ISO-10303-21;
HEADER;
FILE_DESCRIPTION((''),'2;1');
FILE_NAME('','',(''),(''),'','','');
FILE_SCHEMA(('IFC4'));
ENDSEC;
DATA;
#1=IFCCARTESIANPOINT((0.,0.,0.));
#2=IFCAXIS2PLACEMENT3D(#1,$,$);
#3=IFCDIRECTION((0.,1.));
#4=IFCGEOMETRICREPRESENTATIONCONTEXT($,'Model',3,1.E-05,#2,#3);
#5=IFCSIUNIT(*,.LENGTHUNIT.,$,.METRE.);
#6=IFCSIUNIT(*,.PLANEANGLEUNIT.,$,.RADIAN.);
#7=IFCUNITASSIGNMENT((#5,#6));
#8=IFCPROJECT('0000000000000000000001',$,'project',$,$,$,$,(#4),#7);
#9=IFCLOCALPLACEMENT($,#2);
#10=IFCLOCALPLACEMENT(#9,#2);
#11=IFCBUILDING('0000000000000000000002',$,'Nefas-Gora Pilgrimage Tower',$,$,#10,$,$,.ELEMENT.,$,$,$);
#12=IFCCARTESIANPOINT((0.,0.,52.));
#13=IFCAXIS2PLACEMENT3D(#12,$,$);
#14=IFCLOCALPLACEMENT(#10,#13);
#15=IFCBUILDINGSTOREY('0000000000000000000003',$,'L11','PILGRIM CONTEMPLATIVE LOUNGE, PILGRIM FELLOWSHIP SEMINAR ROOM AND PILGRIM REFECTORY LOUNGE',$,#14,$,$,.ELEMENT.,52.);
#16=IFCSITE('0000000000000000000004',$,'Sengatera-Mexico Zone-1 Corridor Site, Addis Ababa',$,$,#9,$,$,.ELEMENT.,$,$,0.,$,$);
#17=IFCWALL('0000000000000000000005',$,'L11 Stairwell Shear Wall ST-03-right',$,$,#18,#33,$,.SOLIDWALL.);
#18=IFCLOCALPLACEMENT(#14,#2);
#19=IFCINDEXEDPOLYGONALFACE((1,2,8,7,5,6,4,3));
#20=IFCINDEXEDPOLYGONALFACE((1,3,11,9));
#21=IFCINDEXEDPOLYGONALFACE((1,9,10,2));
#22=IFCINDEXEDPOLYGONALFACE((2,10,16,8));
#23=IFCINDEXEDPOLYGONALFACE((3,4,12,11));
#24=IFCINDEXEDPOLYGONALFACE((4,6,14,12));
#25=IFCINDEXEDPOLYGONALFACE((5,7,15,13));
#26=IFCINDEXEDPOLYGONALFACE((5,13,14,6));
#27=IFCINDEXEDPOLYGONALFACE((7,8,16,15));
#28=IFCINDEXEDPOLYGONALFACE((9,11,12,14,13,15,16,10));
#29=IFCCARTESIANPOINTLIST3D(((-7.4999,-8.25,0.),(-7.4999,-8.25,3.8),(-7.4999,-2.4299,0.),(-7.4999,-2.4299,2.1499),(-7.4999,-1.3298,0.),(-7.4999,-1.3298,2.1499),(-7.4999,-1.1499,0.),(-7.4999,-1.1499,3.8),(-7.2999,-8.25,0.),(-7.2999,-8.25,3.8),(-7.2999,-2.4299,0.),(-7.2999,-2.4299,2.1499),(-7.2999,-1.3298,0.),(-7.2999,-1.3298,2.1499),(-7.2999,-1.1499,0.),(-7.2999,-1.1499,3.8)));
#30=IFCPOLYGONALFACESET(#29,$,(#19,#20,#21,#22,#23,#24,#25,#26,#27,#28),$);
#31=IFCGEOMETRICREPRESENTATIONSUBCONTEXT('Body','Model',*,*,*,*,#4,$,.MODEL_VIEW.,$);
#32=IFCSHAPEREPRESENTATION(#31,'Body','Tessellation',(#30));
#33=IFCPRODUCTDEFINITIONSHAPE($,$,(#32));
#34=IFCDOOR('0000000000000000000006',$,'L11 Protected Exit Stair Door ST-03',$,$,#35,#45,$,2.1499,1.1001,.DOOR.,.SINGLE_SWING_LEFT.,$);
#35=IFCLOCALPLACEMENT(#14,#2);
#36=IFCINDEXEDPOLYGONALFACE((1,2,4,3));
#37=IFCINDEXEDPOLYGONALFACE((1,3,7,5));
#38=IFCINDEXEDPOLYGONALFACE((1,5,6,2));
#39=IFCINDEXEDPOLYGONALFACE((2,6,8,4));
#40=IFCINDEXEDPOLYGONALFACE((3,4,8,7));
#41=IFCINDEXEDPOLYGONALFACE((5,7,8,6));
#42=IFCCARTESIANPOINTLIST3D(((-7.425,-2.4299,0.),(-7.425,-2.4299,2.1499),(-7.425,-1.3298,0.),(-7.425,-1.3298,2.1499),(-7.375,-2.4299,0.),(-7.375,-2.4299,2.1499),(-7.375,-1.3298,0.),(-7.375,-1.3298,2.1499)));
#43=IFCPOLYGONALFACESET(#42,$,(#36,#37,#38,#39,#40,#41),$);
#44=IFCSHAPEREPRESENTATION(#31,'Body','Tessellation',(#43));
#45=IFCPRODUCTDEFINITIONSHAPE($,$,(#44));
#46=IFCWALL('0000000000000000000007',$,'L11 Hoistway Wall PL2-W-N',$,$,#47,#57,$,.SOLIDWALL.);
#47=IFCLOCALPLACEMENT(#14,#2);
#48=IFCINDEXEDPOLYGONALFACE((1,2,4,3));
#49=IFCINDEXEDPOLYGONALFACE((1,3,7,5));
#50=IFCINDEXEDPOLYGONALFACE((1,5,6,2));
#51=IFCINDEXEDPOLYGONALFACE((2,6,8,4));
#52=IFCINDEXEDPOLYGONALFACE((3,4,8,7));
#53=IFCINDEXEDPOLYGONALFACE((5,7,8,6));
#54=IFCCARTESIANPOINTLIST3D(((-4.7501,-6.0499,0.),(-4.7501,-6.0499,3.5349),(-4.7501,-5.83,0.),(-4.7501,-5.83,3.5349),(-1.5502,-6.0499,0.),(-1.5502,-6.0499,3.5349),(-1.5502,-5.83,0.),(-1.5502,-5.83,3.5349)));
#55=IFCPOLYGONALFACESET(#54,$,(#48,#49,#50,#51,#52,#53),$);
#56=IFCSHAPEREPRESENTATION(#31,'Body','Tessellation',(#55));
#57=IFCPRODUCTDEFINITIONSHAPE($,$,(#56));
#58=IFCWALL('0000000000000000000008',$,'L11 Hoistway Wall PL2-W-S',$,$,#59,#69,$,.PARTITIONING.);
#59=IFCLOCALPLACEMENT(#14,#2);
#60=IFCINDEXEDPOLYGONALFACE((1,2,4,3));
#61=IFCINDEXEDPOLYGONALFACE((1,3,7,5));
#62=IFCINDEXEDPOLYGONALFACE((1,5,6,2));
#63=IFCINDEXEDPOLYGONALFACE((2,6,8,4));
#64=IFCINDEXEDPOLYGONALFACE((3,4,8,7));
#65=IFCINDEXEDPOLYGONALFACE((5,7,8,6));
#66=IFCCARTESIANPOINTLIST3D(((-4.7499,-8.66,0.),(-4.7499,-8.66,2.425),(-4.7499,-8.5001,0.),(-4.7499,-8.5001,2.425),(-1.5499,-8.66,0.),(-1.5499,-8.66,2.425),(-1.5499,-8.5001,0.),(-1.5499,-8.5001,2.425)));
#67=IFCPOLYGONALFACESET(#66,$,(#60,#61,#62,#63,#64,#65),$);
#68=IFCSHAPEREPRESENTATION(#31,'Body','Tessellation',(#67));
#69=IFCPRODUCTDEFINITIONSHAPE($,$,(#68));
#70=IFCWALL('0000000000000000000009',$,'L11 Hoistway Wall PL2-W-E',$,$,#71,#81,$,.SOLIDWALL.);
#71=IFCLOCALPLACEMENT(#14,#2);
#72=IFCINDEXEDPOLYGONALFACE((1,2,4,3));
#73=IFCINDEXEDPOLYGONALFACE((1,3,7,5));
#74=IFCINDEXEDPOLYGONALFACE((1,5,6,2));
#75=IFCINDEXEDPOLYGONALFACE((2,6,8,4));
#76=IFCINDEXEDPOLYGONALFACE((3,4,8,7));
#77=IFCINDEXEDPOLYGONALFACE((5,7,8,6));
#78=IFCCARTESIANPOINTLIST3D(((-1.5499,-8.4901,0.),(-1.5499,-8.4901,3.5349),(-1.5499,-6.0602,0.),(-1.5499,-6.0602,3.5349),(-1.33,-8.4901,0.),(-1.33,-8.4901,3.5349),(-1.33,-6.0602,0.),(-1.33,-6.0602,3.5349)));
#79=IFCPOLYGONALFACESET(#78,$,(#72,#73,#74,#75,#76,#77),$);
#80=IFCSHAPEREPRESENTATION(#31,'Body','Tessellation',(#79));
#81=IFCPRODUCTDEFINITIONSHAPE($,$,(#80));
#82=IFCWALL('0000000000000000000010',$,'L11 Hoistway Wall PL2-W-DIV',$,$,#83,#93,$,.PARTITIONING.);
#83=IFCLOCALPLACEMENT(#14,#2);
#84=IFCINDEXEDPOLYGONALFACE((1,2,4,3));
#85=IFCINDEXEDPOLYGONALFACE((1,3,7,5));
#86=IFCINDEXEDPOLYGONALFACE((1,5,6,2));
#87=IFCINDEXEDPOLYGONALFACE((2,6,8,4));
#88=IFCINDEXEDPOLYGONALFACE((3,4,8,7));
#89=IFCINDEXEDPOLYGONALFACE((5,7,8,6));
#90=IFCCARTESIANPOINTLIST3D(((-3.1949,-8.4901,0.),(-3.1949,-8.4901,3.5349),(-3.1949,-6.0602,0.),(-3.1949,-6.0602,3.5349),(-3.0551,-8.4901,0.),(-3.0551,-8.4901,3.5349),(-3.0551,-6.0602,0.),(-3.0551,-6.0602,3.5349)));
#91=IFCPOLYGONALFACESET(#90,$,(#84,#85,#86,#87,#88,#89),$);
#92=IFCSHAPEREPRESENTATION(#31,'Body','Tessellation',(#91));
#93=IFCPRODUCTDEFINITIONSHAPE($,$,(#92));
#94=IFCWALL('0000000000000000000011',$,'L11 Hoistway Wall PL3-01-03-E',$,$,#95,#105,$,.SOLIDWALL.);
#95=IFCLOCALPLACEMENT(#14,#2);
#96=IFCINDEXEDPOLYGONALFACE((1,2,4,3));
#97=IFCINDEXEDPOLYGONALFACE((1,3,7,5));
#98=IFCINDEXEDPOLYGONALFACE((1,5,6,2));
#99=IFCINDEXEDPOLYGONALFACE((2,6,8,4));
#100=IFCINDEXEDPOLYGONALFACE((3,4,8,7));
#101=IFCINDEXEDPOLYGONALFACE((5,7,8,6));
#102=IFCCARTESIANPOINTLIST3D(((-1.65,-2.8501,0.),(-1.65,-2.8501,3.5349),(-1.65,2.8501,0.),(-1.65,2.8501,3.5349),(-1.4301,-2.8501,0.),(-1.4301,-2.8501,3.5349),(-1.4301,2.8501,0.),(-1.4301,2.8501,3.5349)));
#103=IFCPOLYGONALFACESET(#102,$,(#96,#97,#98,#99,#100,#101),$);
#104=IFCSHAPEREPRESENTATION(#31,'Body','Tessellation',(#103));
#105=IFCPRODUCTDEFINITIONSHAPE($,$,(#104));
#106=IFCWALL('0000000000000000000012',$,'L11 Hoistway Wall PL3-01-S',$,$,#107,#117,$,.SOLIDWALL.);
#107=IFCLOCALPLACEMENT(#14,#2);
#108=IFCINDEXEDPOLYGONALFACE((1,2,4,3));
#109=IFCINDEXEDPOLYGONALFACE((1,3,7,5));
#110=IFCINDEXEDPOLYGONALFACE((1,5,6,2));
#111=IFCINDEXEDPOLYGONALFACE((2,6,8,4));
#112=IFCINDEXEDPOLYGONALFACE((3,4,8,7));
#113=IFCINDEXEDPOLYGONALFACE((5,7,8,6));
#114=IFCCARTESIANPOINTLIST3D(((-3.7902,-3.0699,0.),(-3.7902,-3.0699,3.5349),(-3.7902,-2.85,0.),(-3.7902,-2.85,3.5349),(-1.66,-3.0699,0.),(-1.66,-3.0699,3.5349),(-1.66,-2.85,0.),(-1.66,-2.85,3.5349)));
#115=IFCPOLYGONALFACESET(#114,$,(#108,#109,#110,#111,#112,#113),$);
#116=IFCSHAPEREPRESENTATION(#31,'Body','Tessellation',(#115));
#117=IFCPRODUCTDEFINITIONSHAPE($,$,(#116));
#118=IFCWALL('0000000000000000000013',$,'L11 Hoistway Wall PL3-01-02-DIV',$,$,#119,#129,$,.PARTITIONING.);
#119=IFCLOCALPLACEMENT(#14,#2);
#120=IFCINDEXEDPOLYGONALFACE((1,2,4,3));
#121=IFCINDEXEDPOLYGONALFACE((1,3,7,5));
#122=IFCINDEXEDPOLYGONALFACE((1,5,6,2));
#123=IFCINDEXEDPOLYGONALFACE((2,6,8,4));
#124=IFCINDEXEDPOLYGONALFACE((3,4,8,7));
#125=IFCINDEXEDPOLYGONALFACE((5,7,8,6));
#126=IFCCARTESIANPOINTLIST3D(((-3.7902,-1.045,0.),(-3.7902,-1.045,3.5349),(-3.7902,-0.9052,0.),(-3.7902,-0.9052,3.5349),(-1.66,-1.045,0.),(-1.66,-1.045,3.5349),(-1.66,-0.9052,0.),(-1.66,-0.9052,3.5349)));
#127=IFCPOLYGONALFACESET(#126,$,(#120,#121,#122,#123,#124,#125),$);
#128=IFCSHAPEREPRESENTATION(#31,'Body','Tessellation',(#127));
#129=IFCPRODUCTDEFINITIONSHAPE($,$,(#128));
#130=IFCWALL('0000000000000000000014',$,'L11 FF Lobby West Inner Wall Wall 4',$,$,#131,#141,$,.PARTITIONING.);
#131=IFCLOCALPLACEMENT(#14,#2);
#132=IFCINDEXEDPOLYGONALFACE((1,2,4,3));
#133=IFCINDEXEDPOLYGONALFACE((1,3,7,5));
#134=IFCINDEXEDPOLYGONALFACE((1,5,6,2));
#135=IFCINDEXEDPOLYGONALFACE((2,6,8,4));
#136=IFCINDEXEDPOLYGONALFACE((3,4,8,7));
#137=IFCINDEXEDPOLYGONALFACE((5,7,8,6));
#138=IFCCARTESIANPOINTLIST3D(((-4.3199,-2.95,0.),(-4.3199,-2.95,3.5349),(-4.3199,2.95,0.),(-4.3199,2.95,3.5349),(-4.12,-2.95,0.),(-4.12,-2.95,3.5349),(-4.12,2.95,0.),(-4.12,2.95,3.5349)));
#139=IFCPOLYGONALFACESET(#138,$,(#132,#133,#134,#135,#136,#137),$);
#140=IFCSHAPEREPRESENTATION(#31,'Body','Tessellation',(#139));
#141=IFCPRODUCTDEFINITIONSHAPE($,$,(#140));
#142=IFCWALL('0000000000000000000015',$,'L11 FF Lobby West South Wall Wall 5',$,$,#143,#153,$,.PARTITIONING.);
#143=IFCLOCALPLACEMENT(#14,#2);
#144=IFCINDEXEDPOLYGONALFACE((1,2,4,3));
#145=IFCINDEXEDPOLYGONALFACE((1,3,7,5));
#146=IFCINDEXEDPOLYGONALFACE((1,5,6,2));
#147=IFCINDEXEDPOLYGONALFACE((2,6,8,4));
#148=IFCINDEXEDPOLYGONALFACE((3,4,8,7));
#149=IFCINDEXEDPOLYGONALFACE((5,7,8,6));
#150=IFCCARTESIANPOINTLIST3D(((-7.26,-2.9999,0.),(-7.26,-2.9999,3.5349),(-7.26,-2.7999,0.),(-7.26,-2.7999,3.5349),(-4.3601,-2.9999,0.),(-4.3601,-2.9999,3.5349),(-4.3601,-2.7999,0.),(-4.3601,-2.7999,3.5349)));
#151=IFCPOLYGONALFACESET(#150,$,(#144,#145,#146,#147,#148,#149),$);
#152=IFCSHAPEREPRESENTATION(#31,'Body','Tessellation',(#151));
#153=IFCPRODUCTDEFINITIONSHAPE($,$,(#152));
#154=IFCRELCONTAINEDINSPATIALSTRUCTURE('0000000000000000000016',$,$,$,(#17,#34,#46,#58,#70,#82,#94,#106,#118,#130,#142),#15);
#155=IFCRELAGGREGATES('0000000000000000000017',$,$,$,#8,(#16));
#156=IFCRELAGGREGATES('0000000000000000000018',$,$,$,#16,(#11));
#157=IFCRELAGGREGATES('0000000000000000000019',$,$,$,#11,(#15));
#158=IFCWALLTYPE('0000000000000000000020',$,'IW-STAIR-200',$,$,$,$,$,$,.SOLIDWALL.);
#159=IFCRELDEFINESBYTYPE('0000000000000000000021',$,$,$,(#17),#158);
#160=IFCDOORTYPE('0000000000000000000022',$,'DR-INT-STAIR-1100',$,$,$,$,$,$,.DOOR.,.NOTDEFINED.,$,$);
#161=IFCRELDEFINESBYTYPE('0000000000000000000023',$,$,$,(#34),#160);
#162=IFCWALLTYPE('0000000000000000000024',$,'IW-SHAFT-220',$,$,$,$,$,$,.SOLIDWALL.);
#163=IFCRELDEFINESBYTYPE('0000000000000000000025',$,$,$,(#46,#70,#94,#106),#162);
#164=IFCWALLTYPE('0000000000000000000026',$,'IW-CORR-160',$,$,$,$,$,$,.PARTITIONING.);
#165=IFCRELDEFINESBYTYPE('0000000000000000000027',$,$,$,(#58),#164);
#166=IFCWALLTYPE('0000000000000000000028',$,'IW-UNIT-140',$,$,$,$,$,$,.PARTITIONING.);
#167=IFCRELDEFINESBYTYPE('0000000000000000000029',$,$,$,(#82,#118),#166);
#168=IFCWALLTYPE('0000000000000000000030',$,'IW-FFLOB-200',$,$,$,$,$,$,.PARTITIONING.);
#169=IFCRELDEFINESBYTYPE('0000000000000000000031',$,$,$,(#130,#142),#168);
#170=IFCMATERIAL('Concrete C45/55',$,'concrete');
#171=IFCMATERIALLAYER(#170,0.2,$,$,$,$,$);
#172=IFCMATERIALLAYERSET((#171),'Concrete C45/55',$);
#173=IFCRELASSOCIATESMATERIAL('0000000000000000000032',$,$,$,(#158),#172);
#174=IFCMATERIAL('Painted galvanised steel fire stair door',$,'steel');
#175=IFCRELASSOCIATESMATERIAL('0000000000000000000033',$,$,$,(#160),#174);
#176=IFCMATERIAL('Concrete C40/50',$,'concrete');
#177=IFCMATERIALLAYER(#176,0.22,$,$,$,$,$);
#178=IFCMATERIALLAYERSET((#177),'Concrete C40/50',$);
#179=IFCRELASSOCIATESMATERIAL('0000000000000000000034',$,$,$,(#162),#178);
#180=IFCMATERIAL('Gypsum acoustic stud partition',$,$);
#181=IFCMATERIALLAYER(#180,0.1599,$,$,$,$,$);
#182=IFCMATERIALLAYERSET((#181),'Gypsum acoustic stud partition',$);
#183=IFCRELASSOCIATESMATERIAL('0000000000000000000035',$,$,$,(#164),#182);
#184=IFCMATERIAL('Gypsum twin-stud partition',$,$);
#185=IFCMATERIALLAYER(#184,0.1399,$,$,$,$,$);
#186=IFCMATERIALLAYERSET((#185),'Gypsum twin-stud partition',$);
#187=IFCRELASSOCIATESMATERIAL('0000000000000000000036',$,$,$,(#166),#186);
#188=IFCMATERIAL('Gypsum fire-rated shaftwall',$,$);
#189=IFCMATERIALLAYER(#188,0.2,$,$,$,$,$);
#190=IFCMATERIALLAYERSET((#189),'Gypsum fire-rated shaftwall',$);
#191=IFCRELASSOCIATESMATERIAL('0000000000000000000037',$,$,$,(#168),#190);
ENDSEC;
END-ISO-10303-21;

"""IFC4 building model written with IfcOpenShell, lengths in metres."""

from ifc_helpers import new_model, si_unit, direction, frame, frame_2d, origin, place, context, subcontext, project, spatial, rectangle, extrude, source, transform, mapped, material, layer, layer_set, type_object, element, fill, save


model = new_model("IFC4")

# Units and contexts
model_context = context("Model", 3, precision=1e-05, world=origin(), true_north=direction((0.0, 1.0)))
body_context = subcontext(model_context, "Body", "Model", "MODEL_VIEW")
ifc_project = project(units=[si_unit("LENGTHUNIT", "METRE"), si_unit("PLANEANGLEUNIT", "RADIAN")], contexts=[model_context])

# Site, building, storey
site_placement = place(None, origin())
site = spatial("IfcSite", under=ifc_project, at=site_placement, Name="Sengatera-Mexico Zone-1 Corridor Site, Addis Ababa", CompositionType="ELEMENT", RefElevation=0.0)
building_placement = place(site_placement, origin())
building = spatial("IfcBuilding", under=site, at=building_placement, Name="Nefas-Gora Pilgrimage Tower", CompositionType="ELEMENT")
storey_placement = place(building_placement, frame((0.0, 0.0, 52.0)))
storey = spatial("IfcBuildingStorey", under=building, at=storey_placement, Name="L11", Description="PILGRIM CONTEMPLATIVE LOUNGE, PILGRIM FELLOWSHIP SEMINAR ROOM AND PILGRIM REFECTORY LOUNGE", CompositionType="ELEMENT", Elevation=52.0)

# Shared definitions
ifc_material_1 = material(Name="Concrete C45/55", Category="concrete")
ifc_layer_1 = layer(ifc_material_1, 0.2)
ifc_layer_set_1 = layer_set([ifc_layer_1], Name="Concrete C45/55")
wall_type_1 = type_object("IfcWallType", Name="IW-STAIR-200", PredefinedType="SOLIDWALL", material=ifc_layer_set_1)
shared_shape_1 = source(origin(), body_context, "Body", "SweptSolid", [
    extrude(rectangle(XDim=7.1001, YDim=0.2, at=frame_2d((3.55, 0.0))), origin(), (0.0, 0.0, 1.0), 3.8),
])

# Wall, opening, door
wall_1_placement = place(storey_placement, frame((-7.3999, -1.1499, 0.0), z_axis=(0.0, 0.0, 1.0), x_axis=(0.0, -1.0, 0.0)))
wall_1 = element("IfcWall", 1, at=wall_1_placement, inside=storey, type_object=wall_type_1, Name="L11 Stairwell Shear Wall ST-03-right", PredefinedType="SOLIDWALL", context=body_context, shape_type="MappedRepresentation", body=[
    mapped(shared_shape_1, transform((0.0, 0.0, 0.0), x_axis=(1.0, 0.0, 0.0), y_axis=(0.0, 1.0, 0.0), z_axis=(0.0, 0.0, 1.0), scale=1.0)),
])
opening_1_placement = place(wall_1_placement, frame((0.1799, 0.0, 0.0)))
opening_1 = element("IfcOpeningElement", 2, at=opening_1_placement, cuts=wall_1, PredefinedType="OPENING", context=body_context, shape_type="SweptSolid", body=[
    extrude(rectangle(XDim=1.1001, YDim=2.1499, at=frame_2d((0.55, 1.075))), frame((0.0, 0.1099, 0.0), z_axis=(0.0, -1.0, 0.0), x_axis=(1.0, 0.0, 0.0)), (0.0, 0.0, 1.0), 0.22),
])
ifc_material_2 = material(Name="Painted galvanised steel fire stair door", Category="steel")
door_type_1 = type_object("IfcDoorType", Name="DR-INT-STAIR-1100", OperationType="NOTDEFINED", PredefinedType="DOOR", material=ifc_material_2)
shared_shape_2 = source(origin(), body_context, "Body", "SweptSolid", [
    extrude(rectangle(XDim=1.1001, YDim=2.1499, at=frame_2d((0.55, 1.075))), frame((0.0, 0.0249, 0.0), z_axis=(0.0, -1.0, 0.0), x_axis=(1.0, 0.0, 0.0)), (0.0, 0.0, 1.0), 0.05),
])
door_1_placement = place(opening_1_placement, origin())
door_1 = element("IfcDoor", 3, at=door_1_placement, inside=storey, type_object=door_type_1, Name="L11 Protected Exit Stair Door ST-03", OperationType="SINGLE_SWING_LEFT", OverallHeight=2.1499, OverallWidth=1.1001, PredefinedType="DOOR", context=body_context, shape_type="MappedRepresentation", body=[
    mapped(shared_shape_2, transform((0.0, 0.0, 0.0), x_axis=(1.0, 0.0, 0.0), y_axis=(0.0, 1.0, 0.0), z_axis=(0.0, 0.0, 1.0), scale=1.0)),
])
fill(opening_1, door_1)

# Walls
ifc_material_3 = material(Name="Concrete C40/50", Category="concrete")
ifc_layer_2 = layer(ifc_material_3, 0.22)
ifc_layer_set_2 = layer_set([ifc_layer_2], Name="Concrete C40/50")
wall_type_2 = type_object("IfcWallType", Name="IW-SHAFT-220", PredefinedType="SOLIDWALL", material=ifc_layer_set_2)
shared_shape_3 = source(origin(), body_context, "Body", "SweptSolid", [
    extrude(rectangle(XDim=3.2, YDim=0.22, at=frame_2d((1.6001, 0.0))), origin(), (0.0, 0.0, 1.0), 3.5349),
])
wall_2_placement = place(storey_placement, frame((-1.55, -5.9399, 0.0), z_axis=(0.0, 0.0, 1.0), x_axis=(-1.0, 0.0, 0.0)))
element("IfcWall", 4, at=wall_2_placement, inside=storey, type_object=wall_type_2, Name="L11 Hoistway Wall PL2-W-N", PredefinedType="SOLIDWALL", context=body_context, shape_type="MappedRepresentation", body=[
    mapped(shared_shape_3, transform((0.0, 0.0, 0.0), x_axis=(1.0, 0.0, 0.0), y_axis=(0.0, 1.0, 0.0), z_axis=(0.0, 0.0, 1.0), scale=1.0)),
])
ifc_material_4 = material(Name="Gypsum acoustic stud partition")
ifc_layer_3 = layer(ifc_material_4, 0.1599)
ifc_layer_set_3 = layer_set([ifc_layer_3], Name="Gypsum acoustic stud partition")
wall_type_3 = type_object("IfcWallType", Name="IW-CORR-160", PredefinedType="PARTITIONING", material=ifc_layer_set_3)
shared_shape_4 = source(origin(), body_context, "Body", "SweptSolid", [
    extrude(rectangle(XDim=3.2, YDim=0.1599, at=frame_2d((1.6001, 0.0))), origin(), (0.0, 0.0, 1.0), 2.425),
])
wall_3_placement = place(storey_placement, frame((-4.75, -8.5801, 0.0), z_axis=(0.0, 0.0, 1.0), x_axis=(1.0, 0.0, 0.0)))
element("IfcWall", 5, at=wall_3_placement, inside=storey, type_object=wall_type_3, Name="L11 Hoistway Wall PL2-W-S", PredefinedType="PARTITIONING", context=body_context, shape_type="MappedRepresentation", body=[
    mapped(shared_shape_4, transform((0.0, 0.0, 0.0), x_axis=(1.0, 0.0, 0.0), y_axis=(0.0, 1.0, 0.0), z_axis=(0.0, 0.0, 1.0), scale=1.0)),
])
shared_shape_5 = source(origin(), body_context, "Body", "SweptSolid", [
    extrude(rectangle(XDim=2.4299, YDim=0.22, at=frame_2d((1.2148, 0.0))), origin(), (0.0, 0.0, 1.0), 3.5349),
])
for number, where, z_axis, x_axis, name in (
    (6, (-1.4399, -8.49, 0.0), (0.0, 0.0, 1.0), (0.0, 1.0, 0.0), "L11 Hoistway Wall PL2-W-E"),
):
    element("IfcWall", number, at=place(storey_placement, frame(where, z_axis=z_axis, x_axis=x_axis)), inside=storey, type_object=wall_type_2, Name=name, PredefinedType="SOLIDWALL", context=body_context, shape_type="MappedRepresentation", body=[
        mapped(shared_shape_5, transform((0.0, 0.0, 0.0), x_axis=(1.0, 0.0, 0.0), y_axis=(0.0, 1.0, 0.0), z_axis=(0.0, 0.0, 1.0), scale=1.0)),
    ])
ifc_material_5 = material(Name="Gypsum twin-stud partition")
ifc_layer_4 = layer(ifc_material_5, 0.1399)
ifc_layer_set_4 = layer_set([ifc_layer_4], Name="Gypsum twin-stud partition")
wall_type_4 = type_object("IfcWallType", Name="IW-UNIT-140", PredefinedType="PARTITIONING", material=ifc_layer_set_4)
shared_shape_6 = source(origin(), body_context, "Body", "SweptSolid", [
    extrude(rectangle(XDim=2.4299, YDim=0.1399, at=frame_2d((1.2148, 0.0))), origin(), (0.0, 0.0, 1.0), 3.5349),
])
wall_4_placement = place(storey_placement, frame((-3.125, -8.49, 0.0), z_axis=(0.0, 0.0, 1.0), x_axis=(0.0, 1.0, 0.0)))
element("IfcWall", 7, at=wall_4_placement, inside=storey, type_object=wall_type_4, Name="L11 Hoistway Wall PL2-W-DIV", PredefinedType="PARTITIONING", context=body_context, shape_type="MappedRepresentation", body=[
    mapped(shared_shape_6, transform((0.0, 0.0, 0.0), x_axis=(1.0, 0.0, 0.0), y_axis=(0.0, 1.0, 0.0), z_axis=(0.0, 0.0, 1.0), scale=1.0)),
])
shared_shape_7 = source(origin(), body_context, "Body", "SweptSolid", [
    extrude(rectangle(XDim=5.7002, YDim=0.22, at=frame_2d((2.8501, 0.0))), origin(), (0.0, 0.0, 1.0), 3.5349),
])
wall_5_placement = place(storey_placement, frame((-1.54, -2.8501, 0.0), z_axis=(0.0, 0.0, 1.0), x_axis=(0.0, 1.0, 0.0)))
element("IfcWall", 8, at=wall_5_placement, inside=storey, type_object=wall_type_2, Name="L11 Hoistway Wall PL3-01-03-E", PredefinedType="SOLIDWALL", context=body_context, shape_type="MappedRepresentation", body=[
    mapped(shared_shape_7, transform((0.0, 0.0, 0.0), x_axis=(1.0, 0.0, 0.0), y_axis=(0.0, 1.0, 0.0), z_axis=(0.0, 0.0, 1.0), scale=1.0)),
])
shared_shape_8 = source(origin(), body_context, "Body", "SweptSolid", [
    extrude(rectangle(XDim=2.1301, YDim=0.22, at=frame_2d((1.0649, 0.0))), origin(), (0.0, 0.0, 1.0), 3.5349),
])
wall_6_placement = place(storey_placement, frame((-3.79, -2.96, 0.0), z_axis=(0.0, 0.0, 1.0), x_axis=(1.0, 0.0, 0.0)))
element("IfcWall", 9, at=wall_6_placement, inside=storey, type_object=wall_type_2, Name="L11 Hoistway Wall PL3-01-S", PredefinedType="SOLIDWALL", context=body_context, shape_type="MappedRepresentation", body=[
    mapped(shared_shape_8, transform((0.0, 0.0, 0.0), x_axis=(1.0, 0.0, 0.0), y_axis=(0.0, 1.0, 0.0), z_axis=(0.0, 0.0, 1.0), scale=1.0)),
])
shared_shape_9 = source(origin(), body_context, "Body", "SweptSolid", [
    extrude(rectangle(XDim=2.1301, YDim=0.1399, at=frame_2d((1.0649, 0.0))), origin(), (0.0, 0.0, 1.0), 3.5349),
])
wall_7_placement = place(storey_placement, frame((-3.79, -0.9751, 0.0), z_axis=(0.0, 0.0, 1.0), x_axis=(1.0, 0.0, 0.0)))
element("IfcWall", 10, at=wall_7_placement, inside=storey, type_object=wall_type_4, Name="L11 Hoistway Wall PL3-01-02-DIV", PredefinedType="PARTITIONING", context=body_context, shape_type="MappedRepresentation", body=[
    mapped(shared_shape_9, transform((0.0, 0.0, 0.0), x_axis=(1.0, 0.0, 0.0), y_axis=(0.0, 1.0, 0.0), z_axis=(0.0, 0.0, 1.0), scale=1.0)),
])
ifc_material_6 = material(Name="Gypsum fire-rated shaftwall")
ifc_layer_5 = layer(ifc_material_6, 0.2)
ifc_layer_set_5 = layer_set([ifc_layer_5], Name="Gypsum fire-rated shaftwall")
wall_type_5 = type_object("IfcWallType", Name="IW-FFLOB-200", PredefinedType="PARTITIONING", material=ifc_layer_set_5)
shared_shape_10 = source(origin(), body_context, "Body", "SweptSolid", [
    extrude(rectangle(XDim=5.8999, YDim=0.2, at=frame_2d((2.95, 0.0))), origin(), (0.0, 0.0, 1.0), 3.5349),
])
wall_8_placement = place(storey_placement, frame((-4.22, -2.95, 0.0), z_axis=(0.0, 0.0, 1.0), x_axis=(0.0, 1.0, 0.0)))
element("IfcWall", 11, at=wall_8_placement, inside=storey, type_object=wall_type_5, Name="L11 FF Lobby West Inner Wall Wall 4", PredefinedType="PARTITIONING", context=body_context, shape_type="MappedRepresentation", body=[
    mapped(shared_shape_10, transform((0.0, 0.0, 0.0), x_axis=(1.0, 0.0, 0.0), y_axis=(0.0, 1.0, 0.0), z_axis=(0.0, 0.0, 1.0), scale=1.0)),
])
shared_shape_11 = source(origin(), body_context, "Body", "SweptSolid", [
    extrude(rectangle(XDim=2.8999, YDim=0.2, at=frame_2d((1.45, 0.0))), origin(), (0.0, 0.0, 1.0), 3.5349),
])
wall_9_placement = place(storey_placement, frame((-7.26, -2.8999, 0.0), z_axis=(0.0, 0.0, 1.0), x_axis=(1.0, 0.0, 0.0)))
element("IfcWall", 12, at=wall_9_placement, inside=storey, type_object=wall_type_5, Name="L11 FF Lobby West South Wall Wall 5", PredefinedType="PARTITIONING", context=body_context, shape_type="MappedRepresentation", body=[
    mapped(shared_shape_11, transform((0.0, 0.0, 0.0), x_axis=(1.0, 0.0, 0.0), y_axis=(0.0, 1.0, 0.0), z_axis=(0.0, 0.0, 1.0), scale=1.0)),
])

save(model, "model.ifc")
